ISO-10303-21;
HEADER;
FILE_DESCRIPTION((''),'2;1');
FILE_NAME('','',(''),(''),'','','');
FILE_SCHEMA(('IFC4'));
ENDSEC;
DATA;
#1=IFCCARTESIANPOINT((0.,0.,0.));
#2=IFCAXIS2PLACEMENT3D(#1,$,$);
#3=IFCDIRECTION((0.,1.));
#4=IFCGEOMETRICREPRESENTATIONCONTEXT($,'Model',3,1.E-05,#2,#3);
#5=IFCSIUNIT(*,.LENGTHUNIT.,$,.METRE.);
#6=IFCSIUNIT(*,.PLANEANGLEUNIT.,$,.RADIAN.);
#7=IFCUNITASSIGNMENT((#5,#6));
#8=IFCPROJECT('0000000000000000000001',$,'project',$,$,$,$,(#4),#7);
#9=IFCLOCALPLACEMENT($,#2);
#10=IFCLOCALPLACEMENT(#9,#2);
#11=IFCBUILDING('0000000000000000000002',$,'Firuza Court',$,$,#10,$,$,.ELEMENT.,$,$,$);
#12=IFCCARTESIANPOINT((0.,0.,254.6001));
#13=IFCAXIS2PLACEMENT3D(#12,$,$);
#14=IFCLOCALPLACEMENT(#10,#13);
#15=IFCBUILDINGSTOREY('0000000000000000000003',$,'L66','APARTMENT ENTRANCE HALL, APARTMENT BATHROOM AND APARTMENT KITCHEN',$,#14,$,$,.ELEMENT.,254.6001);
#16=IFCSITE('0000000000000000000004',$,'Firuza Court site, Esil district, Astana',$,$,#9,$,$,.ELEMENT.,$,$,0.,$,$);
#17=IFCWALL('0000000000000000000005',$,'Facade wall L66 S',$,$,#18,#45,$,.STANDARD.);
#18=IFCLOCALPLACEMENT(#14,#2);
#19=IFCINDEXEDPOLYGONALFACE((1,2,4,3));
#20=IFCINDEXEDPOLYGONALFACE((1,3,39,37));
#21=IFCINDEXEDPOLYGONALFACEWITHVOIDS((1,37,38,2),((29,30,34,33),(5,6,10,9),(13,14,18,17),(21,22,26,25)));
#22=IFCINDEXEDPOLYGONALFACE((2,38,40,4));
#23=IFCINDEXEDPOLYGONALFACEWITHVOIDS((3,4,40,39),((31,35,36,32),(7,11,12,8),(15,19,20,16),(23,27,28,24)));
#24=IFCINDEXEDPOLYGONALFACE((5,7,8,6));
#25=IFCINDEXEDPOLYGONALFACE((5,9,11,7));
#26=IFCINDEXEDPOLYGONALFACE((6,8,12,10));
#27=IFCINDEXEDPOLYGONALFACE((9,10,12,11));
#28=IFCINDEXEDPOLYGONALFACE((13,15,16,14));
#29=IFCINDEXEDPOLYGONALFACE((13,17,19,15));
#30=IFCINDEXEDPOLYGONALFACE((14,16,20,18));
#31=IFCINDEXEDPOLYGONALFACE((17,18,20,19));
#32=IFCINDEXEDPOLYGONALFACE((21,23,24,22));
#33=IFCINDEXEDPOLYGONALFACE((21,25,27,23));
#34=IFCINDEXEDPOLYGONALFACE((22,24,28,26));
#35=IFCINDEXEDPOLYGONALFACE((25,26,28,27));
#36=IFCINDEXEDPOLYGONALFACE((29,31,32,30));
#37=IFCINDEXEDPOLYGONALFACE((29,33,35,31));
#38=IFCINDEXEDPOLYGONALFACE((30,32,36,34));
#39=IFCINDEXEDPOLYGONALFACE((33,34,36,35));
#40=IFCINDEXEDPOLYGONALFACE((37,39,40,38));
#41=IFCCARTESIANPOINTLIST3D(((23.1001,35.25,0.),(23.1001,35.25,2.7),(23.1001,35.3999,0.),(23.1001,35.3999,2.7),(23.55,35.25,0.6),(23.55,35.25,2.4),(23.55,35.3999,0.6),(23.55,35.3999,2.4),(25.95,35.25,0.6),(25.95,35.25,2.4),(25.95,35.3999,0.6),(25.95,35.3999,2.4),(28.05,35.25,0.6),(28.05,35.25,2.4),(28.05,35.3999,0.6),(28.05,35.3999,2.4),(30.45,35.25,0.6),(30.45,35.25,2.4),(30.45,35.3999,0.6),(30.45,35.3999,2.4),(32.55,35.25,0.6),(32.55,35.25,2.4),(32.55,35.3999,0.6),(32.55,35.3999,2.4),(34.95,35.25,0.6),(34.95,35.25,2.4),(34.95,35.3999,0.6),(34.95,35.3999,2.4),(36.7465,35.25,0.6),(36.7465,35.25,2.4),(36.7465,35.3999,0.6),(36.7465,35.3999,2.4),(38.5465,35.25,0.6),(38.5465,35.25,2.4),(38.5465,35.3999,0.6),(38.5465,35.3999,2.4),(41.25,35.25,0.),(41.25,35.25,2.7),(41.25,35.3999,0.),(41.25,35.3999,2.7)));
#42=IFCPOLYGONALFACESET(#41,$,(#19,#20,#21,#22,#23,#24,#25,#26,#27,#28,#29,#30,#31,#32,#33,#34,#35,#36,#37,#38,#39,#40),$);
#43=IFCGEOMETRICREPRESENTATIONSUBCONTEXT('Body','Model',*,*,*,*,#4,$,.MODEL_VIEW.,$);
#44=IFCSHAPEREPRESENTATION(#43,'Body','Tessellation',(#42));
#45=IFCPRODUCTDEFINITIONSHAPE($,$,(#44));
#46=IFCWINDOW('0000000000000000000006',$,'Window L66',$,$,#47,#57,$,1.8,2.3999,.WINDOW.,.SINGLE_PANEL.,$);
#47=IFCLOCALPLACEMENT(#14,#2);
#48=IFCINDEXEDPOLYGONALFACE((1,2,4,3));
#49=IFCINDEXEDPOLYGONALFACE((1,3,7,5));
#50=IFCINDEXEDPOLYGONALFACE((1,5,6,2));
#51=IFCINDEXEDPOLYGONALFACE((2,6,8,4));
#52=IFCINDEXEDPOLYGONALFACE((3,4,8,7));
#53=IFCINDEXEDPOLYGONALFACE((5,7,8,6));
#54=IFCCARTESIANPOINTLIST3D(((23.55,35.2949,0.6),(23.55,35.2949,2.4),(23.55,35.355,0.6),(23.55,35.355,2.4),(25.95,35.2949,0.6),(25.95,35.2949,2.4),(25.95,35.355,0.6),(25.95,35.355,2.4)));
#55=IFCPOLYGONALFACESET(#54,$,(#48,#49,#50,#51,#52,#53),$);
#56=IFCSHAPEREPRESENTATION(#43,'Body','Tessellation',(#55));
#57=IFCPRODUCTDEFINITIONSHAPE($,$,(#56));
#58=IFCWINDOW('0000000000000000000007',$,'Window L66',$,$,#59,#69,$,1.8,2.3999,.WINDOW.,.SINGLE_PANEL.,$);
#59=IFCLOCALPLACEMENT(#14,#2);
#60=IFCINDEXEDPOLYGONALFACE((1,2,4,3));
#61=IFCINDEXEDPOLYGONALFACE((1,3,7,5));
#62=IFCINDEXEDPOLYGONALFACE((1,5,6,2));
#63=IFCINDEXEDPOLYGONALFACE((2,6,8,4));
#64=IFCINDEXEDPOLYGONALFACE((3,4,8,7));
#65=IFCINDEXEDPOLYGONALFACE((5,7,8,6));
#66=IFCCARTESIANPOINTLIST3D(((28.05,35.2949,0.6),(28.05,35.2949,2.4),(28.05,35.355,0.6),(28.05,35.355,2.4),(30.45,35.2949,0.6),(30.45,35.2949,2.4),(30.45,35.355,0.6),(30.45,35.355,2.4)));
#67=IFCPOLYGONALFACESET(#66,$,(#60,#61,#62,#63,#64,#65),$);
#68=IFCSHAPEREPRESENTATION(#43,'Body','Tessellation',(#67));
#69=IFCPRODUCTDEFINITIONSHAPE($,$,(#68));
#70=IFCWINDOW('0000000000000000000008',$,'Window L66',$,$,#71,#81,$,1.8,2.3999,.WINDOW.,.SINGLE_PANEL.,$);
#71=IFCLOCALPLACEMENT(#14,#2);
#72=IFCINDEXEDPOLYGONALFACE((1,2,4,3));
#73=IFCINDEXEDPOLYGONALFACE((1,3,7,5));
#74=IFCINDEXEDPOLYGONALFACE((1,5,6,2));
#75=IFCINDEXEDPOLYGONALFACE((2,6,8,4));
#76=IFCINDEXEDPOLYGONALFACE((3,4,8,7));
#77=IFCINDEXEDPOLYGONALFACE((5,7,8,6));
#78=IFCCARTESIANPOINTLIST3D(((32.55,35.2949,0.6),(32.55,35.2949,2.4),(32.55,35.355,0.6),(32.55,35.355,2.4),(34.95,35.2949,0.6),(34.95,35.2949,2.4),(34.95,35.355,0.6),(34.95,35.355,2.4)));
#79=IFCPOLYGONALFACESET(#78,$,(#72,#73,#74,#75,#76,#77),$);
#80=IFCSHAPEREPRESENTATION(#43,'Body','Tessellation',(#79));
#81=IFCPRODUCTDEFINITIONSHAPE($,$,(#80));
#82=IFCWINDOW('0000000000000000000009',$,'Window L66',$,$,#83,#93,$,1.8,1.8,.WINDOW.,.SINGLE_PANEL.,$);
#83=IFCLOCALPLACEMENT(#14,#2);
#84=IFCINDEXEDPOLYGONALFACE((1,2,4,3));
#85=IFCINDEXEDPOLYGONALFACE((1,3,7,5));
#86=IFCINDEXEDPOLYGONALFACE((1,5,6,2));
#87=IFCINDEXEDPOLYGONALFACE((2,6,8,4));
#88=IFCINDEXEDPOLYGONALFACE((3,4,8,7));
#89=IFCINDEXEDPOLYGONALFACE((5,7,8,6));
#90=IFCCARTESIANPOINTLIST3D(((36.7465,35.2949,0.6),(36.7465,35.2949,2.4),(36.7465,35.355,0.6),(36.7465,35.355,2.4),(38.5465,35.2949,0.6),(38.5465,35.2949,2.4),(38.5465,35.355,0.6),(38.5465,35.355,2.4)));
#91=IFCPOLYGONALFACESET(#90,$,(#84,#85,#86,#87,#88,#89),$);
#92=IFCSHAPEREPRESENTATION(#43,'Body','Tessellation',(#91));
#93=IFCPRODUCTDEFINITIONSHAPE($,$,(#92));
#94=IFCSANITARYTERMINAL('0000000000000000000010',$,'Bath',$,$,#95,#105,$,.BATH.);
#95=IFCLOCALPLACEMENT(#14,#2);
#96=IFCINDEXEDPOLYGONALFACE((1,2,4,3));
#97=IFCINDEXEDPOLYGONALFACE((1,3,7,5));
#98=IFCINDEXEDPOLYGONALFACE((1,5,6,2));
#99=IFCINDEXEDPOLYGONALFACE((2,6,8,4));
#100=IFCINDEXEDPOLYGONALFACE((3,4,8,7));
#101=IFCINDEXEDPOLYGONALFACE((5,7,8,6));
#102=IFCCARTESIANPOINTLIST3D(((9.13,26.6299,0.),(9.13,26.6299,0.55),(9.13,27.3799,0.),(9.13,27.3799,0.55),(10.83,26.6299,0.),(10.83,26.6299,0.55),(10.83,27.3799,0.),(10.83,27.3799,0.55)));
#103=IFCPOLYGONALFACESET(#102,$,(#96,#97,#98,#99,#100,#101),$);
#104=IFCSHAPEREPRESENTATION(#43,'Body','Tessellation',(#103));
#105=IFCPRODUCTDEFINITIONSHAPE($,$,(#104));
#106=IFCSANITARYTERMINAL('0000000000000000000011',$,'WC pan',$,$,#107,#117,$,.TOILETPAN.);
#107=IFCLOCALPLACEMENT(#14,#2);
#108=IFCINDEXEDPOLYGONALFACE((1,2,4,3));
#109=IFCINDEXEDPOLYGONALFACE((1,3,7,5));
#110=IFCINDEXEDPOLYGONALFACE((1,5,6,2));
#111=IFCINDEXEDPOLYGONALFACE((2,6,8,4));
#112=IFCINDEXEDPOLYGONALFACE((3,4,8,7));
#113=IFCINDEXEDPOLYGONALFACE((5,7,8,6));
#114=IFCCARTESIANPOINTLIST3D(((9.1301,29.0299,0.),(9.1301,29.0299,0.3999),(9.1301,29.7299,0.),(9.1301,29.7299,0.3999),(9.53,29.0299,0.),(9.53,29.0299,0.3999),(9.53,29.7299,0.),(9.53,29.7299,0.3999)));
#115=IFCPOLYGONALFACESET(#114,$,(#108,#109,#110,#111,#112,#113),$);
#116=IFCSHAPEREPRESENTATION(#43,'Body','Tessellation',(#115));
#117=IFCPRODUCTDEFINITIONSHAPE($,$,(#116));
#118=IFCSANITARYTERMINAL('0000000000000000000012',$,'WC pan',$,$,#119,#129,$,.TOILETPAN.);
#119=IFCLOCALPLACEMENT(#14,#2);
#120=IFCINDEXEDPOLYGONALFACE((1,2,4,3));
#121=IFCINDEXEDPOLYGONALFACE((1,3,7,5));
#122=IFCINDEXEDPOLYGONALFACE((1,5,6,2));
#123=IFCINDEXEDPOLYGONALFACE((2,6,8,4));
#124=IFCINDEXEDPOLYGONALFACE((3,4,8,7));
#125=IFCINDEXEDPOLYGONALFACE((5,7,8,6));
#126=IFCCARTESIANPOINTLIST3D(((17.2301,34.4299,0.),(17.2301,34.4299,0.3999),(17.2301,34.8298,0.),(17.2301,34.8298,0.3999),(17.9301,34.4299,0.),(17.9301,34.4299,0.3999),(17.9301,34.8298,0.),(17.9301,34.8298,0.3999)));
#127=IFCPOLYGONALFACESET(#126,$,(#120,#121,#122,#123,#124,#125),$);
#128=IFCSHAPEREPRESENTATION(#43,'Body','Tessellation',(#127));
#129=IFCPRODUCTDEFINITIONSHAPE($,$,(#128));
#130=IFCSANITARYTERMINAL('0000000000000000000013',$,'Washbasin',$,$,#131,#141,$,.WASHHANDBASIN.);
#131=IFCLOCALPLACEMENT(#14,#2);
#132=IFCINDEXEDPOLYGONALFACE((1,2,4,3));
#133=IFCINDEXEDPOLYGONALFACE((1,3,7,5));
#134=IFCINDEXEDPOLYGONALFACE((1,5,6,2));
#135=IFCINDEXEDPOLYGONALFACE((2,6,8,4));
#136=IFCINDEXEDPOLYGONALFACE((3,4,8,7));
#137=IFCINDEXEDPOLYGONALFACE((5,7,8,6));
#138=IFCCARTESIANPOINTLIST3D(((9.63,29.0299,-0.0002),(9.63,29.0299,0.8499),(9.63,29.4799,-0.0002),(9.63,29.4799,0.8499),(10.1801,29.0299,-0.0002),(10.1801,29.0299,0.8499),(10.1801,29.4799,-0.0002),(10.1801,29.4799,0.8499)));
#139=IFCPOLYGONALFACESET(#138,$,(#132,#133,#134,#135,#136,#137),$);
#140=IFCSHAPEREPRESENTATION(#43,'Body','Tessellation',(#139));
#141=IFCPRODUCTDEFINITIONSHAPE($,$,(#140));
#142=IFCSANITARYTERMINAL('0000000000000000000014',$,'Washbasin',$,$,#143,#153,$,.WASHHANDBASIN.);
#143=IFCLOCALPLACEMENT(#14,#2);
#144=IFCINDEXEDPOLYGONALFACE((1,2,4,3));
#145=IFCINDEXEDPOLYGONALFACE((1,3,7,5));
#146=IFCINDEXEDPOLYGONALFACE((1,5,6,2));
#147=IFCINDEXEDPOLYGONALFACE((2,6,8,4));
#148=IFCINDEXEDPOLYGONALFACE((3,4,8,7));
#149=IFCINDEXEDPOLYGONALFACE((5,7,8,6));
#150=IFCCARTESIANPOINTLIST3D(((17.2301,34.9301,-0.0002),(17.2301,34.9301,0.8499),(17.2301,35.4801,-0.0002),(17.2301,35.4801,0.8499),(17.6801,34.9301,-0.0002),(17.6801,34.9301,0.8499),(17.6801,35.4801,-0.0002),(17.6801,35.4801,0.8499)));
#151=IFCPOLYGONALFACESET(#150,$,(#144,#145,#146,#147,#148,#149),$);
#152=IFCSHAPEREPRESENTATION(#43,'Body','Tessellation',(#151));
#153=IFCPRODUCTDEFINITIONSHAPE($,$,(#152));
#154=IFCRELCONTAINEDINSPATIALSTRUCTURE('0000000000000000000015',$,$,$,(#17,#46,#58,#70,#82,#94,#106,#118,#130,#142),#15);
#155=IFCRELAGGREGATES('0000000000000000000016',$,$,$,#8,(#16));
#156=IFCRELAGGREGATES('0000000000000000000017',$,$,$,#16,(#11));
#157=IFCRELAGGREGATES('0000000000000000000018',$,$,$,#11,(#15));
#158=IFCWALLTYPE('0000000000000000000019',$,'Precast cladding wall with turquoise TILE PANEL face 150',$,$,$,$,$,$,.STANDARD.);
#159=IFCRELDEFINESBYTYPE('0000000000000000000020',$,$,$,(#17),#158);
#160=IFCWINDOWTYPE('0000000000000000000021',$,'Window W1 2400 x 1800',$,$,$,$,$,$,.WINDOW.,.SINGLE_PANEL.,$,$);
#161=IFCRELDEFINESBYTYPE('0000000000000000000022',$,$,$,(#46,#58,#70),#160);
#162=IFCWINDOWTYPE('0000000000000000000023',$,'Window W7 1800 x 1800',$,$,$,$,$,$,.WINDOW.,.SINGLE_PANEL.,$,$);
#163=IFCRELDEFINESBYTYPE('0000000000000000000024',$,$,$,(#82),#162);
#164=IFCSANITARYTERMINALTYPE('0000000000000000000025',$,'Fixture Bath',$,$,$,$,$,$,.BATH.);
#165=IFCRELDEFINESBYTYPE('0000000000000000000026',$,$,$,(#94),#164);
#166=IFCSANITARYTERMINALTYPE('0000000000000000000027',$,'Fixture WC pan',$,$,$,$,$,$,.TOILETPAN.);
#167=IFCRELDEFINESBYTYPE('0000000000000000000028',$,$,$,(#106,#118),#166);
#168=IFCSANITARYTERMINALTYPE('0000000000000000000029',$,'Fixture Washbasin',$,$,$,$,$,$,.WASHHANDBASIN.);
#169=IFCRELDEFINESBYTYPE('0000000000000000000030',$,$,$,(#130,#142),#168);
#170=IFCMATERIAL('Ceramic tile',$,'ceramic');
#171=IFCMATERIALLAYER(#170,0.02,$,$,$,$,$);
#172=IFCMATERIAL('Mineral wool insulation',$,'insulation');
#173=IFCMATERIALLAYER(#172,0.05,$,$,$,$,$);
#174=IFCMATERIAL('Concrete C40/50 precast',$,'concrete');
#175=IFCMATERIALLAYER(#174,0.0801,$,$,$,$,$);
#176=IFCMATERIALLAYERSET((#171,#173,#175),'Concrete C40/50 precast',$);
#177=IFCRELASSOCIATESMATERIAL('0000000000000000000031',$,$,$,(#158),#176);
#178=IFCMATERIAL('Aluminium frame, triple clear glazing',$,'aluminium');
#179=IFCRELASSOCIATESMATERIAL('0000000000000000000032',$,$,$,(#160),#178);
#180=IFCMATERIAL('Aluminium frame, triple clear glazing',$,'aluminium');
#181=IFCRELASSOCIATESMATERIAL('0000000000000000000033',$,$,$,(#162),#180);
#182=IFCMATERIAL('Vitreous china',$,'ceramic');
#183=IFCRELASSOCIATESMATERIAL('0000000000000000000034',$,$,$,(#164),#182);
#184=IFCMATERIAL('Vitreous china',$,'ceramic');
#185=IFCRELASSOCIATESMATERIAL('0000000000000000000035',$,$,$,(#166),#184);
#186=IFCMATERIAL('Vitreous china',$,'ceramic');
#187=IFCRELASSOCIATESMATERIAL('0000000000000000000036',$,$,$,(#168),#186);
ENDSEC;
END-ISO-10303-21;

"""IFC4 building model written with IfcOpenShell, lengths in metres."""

from ifc_helpers import new_model, si_unit, direction, frame, frame_2d, origin, origin_2d, place, context, subcontext, project, spatial, rectangle, extrude, material, layer, layer_set, type_object, element, fill, save


model = new_model("IFC4")

# Units and contexts
model_context = context("Model", 3, precision=1e-05, world=origin(), true_north=direction((0.0, 1.0)))
body_context = subcontext(model_context, "Body", "Model", "MODEL_VIEW")
ifc_project = project(units=[si_unit("LENGTHUNIT", "METRE"), si_unit("PLANEANGLEUNIT", "RADIAN")], contexts=[model_context])

# Site, building, storey
site_placement = place(None, origin())
site = spatial("IfcSite", under=ifc_project, at=site_placement, Name="Firuza Court site, Esil district, Astana", CompositionType="ELEMENT", RefElevation=0.0)
building_placement = place(site_placement, origin())
building = spatial("IfcBuilding", under=site, at=building_placement, Name="Firuza Court", CompositionType="ELEMENT")
storey_placement = place(building_placement, frame((0.0, 0.0, 254.6001)))
storey = spatial("IfcBuildingStorey", under=building, at=storey_placement, Name="L66", Description="APARTMENT ENTRANCE HALL, APARTMENT BATHROOM AND APARTMENT KITCHEN", CompositionType="ELEMENT", Elevation=254.6001)

# Wall, openings, windows
ifc_material_1 = material(Name="Ceramic tile", Category="ceramic")
ifc_layer_1 = layer(ifc_material_1, 0.02)
ifc_material_2 = material(Name="Mineral wool insulation", Category="insulation")
ifc_layer_2 = layer(ifc_material_2, 0.05)
ifc_material_3 = material(Name="Concrete C40/50 precast", Category="concrete")
ifc_layer_3 = layer(ifc_material_3, 0.0801)
ifc_layer_set_1 = layer_set([ifc_layer_1, ifc_layer_2, ifc_layer_3], Name="Concrete C40/50 precast")
wall_type_1 = type_object("IfcWallType", Name="Precast cladding wall with turquoise TILE PANEL face 150", PredefinedType="STANDARD", material=ifc_layer_set_1)
wall_1_placement = place(storey_placement, frame((23.1001, 35.325, 0.0), z_axis=(0.0, 0.0, 1.0), x_axis=(1.0, 0.0, 0.0)))
wall_1 = element("IfcWall", 1, at=wall_1_placement, inside=storey, type_object=wall_type_1, Name="Facade wall L66 S", PredefinedType="STANDARD", context=body_context, shape_type="SweptSolid", body=[
    extrude(rectangle(XDim=18.1499, YDim=0.1499, at=frame_2d((9.075, 0.0))), origin(), (0.0, 0.0, 1.0), 2.7),
])
opening_1_placement = place(wall_1_placement, frame((0.45, 0.0, 0.6001)))
opening_1 = element("IfcOpeningElement", 2, at=opening_1_placement, cuts=wall_1, PredefinedType="OPENING", context=body_context, shape_type="SweptSolid", body=[
    extrude(rectangle(XDim=2.3999, YDim=1.8, at=frame_2d((1.2, 0.8999))), frame((0.0, 0.0869, 0.0), z_axis=(0.0, -1.0, 0.0), x_axis=(1.0, 0.0, 0.0)), (0.0, 0.0, 1.0), 0.1738),
])
opening_2_placement = place(wall_1_placement, frame((4.95, 0.0, 0.6001)))
opening_2 = element("IfcOpeningElement", 3, at=opening_2_placement, cuts=wall_1, PredefinedType="OPENING", context=body_context, shape_type="SweptSolid", body=[
    extrude(rectangle(XDim=2.3999, YDim=1.8, at=frame_2d((1.2, 0.8999))), frame((0.0, 0.0869, 0.0), z_axis=(0.0, -1.0, 0.0), x_axis=(1.0, 0.0, 0.0)), (0.0, 0.0, 1.0), 0.1738),
])
opening_3_placement = place(wall_1_placement, frame((9.45, 0.0, 0.6001)))
opening_3 = element("IfcOpeningElement", 4, at=opening_3_placement, cuts=wall_1, PredefinedType="OPENING", context=body_context, shape_type="SweptSolid", body=[
    extrude(rectangle(XDim=2.3999, YDim=1.8, at=frame_2d((1.2, 0.8999))), frame((0.0, 0.0869, 0.0), z_axis=(0.0, -1.0, 0.0), x_axis=(1.0, 0.0, 0.0)), (0.0, 0.0, 1.0), 0.1738),
])
opening_4_placement = place(wall_1_placement, frame((13.6465, 0.0, 0.6001)))
opening_4 = element("IfcOpeningElement", 5, at=opening_4_placement, cuts=wall_1, PredefinedType="OPENING", context=body_context, shape_type="SweptSolid", body=[
    extrude(rectangle(XDim=1.8, YDim=1.8, at=frame_2d((0.8999, 0.8999))), frame((0.0, 0.0869, 0.0), z_axis=(0.0, -1.0, 0.0), x_axis=(1.0, 0.0, 0.0)), (0.0, 0.0, 1.0), 0.1738),
])
ifc_material_4 = material(Name="Aluminium frame, triple clear glazing", Category="aluminium")
window_type_1 = type_object("IfcWindowType", Name="Window W1 2400 x 1800", PartitioningType="SINGLE_PANEL", PredefinedType="WINDOW", material=ifc_material_4)
window_1_placement = place(opening_1_placement, origin())
window_1 = element("IfcWindow", 6, at=window_1_placement, inside=storey, type_object=window_type_1, Name="Window L66", OverallHeight=1.8, OverallWidth=2.3999, PartitioningType="SINGLE_PANEL", PredefinedType="WINDOW", context=body_context, shape_type="SweptSolid", body=[
    extrude(rectangle(XDim=2.3999, YDim=1.8, at=frame_2d((1.2, 0.8999))), frame((0.0, 0.03, 0.0), z_axis=(0.0, -1.0, 0.0), x_axis=(1.0, 0.0, 0.0)), (0.0, 0.0, 1.0), 0.0601),
])
fill(opening_1, window_1)
window_2_placement = place(opening_2_placement, origin())
window_2 = element("IfcWindow", 7, at=window_2_placement, inside=storey, type_object=window_type_1, Name="Window L66", OverallHeight=1.8, OverallWidth=2.3999, PartitioningType="SINGLE_PANEL", PredefinedType="WINDOW", context=body_context, shape_type="SweptSolid", body=[
    extrude(rectangle(XDim=2.3999, YDim=1.8, at=frame_2d((1.2, 0.8999))), frame((0.0, 0.03, 0.0), z_axis=(0.0, -1.0, 0.0), x_axis=(1.0, 0.0, 0.0)), (0.0, 0.0, 1.0), 0.0601),
])
fill(opening_2, window_2)
window_3_placement = place(opening_3_placement, origin())
window_3 = element("IfcWindow", 8, at=window_3_placement, inside=storey, type_object=window_type_1, Name="Window L66", OverallHeight=1.8, OverallWidth=2.3999, PartitioningType="SINGLE_PANEL", PredefinedType="WINDOW", context=body_context, shape_type="SweptSolid", body=[
    extrude(rectangle(XDim=2.3999, YDim=1.8, at=frame_2d((1.2, 0.8999))), frame((0.0, 0.03, 0.0), z_axis=(0.0, -1.0, 0.0), x_axis=(1.0, 0.0, 0.0)), (0.0, 0.0, 1.0), 0.0601),
])
fill(opening_3, window_3)
ifc_material_5 = material(Name="Aluminium frame, triple clear glazing", Category="aluminium")
window_type_2 = type_object("IfcWindowType", Name="Window W7 1800 x 1800", PartitioningType="SINGLE_PANEL", PredefinedType="WINDOW", material=ifc_material_5)
window_4_placement = place(opening_4_placement, origin())
window_4 = element("IfcWindow", 9, at=window_4_placement, inside=storey, type_object=window_type_2, Name="Window L66", OverallHeight=1.8, OverallWidth=1.8, PartitioningType="SINGLE_PANEL", PredefinedType="WINDOW", context=body_context, shape_type="SweptSolid", body=[
    extrude(rectangle(XDim=1.8, YDim=1.8, at=frame_2d((0.8999, 0.8999))), frame((0.0, 0.03, 0.0), z_axis=(0.0, -1.0, 0.0), x_axis=(1.0, 0.0, 0.0)), (0.0, 0.0, 1.0), 0.0601),
])
fill(opening_4, window_4)

# Sanitary terminals
ifc_material_6 = material(Name="Vitreous china", Category="ceramic")
sanitary_terminal_type_1 = type_object("IfcSanitaryTerminalType", Name="Fixture Bath", PredefinedType="BATH", material=ifc_material_6)
sanitary_terminal_1_placement = place(storey_placement, frame((9.98, 27.0049, 0.0), z_axis=(0.0, 0.0, 1.0), x_axis=(1.0, 0.0, 0.0)))
element("IfcSanitaryTerminal", 10, at=sanitary_terminal_1_placement, inside=storey, type_object=sanitary_terminal_type_1, Name="Bath", PredefinedType="BATH", context=body_context, shape_type="SweptSolid", body=[
    extrude(rectangle(XDim=1.7, YDim=0.75, at=origin_2d()), origin(), (0.0, 0.0, 1.0), 0.55),
])
ifc_material_7 = material(Name="Vitreous china", Category="ceramic")
sanitary_terminal_type_2 = type_object("IfcSanitaryTerminalType", Name="Fixture WC pan", PredefinedType="TOILETPAN", material=ifc_material_7)
sanitary_terminal_2_placement = place(storey_placement, frame((9.3301, 29.3799, 0.0), z_axis=(0.0, 0.0, 1.0), x_axis=(1.0, 0.0, 0.0)))
element("IfcSanitaryTerminal", 11, at=sanitary_terminal_2_placement, inside=storey, type_object=sanitary_terminal_type_2, Name="WC pan", PredefinedType="TOILETPAN", context=body_context, shape_type="SweptSolid", body=[
    extrude(rectangle(XDim=0.3999, YDim=0.7, at=origin_2d()), origin(), (0.0, 0.0, 1.0), 0.3999),
])
sanitary_terminal_3_placement = place(storey_placement, frame((17.5801, 34.6299, 0.0), z_axis=(0.0, 0.0, 1.0), x_axis=(1.0, 0.0, 0.0)))
element("IfcSanitaryTerminal", 12, at=sanitary_terminal_3_placement, inside=storey, type_object=sanitary_terminal_type_2, Name="WC pan", PredefinedType="TOILETPAN", context=body_context, shape_type="SweptSolid", body=[
    extrude(rectangle(XDim=0.7, YDim=0.3999, at=origin_2d()), origin(), (0.0, 0.0, 1.0), 0.3999),
])
ifc_material_8 = material(Name="Vitreous china", Category="ceramic")
sanitary_terminal_type_3 = type_object("IfcSanitaryTerminalType", Name="Fixture Washbasin", PredefinedType="WASHHANDBASIN", material=ifc_material_8)
sanitary_terminal_4_placement = place(storey_placement, frame((9.905, 29.2549, -0.0002), z_axis=(0.0, 0.0, 1.0), x_axis=(1.0, 0.0, 0.0)))
element("IfcSanitaryTerminal", 13, at=sanitary_terminal_4_placement, inside=storey, type_object=sanitary_terminal_type_3, Name="Washbasin", PredefinedType="WASHHANDBASIN", context=body_context, shape_type="SweptSolid", body=[
    extrude(rectangle(XDim=0.55, YDim=0.45, at=origin_2d()), origin(), (0.0, 0.0, 1.0), 0.8501),
])
sanitary_terminal_5_placement = place(storey_placement, frame((17.4551, 35.2051, -0.0002), z_axis=(0.0, 0.0, 1.0), x_axis=(1.0, 0.0, 0.0)))
element("IfcSanitaryTerminal", 14, at=sanitary_terminal_5_placement, inside=storey, type_object=sanitary_terminal_type_3, Name="Washbasin", PredefinedType="WASHHANDBASIN", context=body_context, shape_type="SweptSolid", body=[
    extrude(rectangle(XDim=0.45, YDim=0.55, at=origin_2d()), origin(), (0.0, 0.0, 1.0), 0.8501),
])

save(model, "model.ifc")
